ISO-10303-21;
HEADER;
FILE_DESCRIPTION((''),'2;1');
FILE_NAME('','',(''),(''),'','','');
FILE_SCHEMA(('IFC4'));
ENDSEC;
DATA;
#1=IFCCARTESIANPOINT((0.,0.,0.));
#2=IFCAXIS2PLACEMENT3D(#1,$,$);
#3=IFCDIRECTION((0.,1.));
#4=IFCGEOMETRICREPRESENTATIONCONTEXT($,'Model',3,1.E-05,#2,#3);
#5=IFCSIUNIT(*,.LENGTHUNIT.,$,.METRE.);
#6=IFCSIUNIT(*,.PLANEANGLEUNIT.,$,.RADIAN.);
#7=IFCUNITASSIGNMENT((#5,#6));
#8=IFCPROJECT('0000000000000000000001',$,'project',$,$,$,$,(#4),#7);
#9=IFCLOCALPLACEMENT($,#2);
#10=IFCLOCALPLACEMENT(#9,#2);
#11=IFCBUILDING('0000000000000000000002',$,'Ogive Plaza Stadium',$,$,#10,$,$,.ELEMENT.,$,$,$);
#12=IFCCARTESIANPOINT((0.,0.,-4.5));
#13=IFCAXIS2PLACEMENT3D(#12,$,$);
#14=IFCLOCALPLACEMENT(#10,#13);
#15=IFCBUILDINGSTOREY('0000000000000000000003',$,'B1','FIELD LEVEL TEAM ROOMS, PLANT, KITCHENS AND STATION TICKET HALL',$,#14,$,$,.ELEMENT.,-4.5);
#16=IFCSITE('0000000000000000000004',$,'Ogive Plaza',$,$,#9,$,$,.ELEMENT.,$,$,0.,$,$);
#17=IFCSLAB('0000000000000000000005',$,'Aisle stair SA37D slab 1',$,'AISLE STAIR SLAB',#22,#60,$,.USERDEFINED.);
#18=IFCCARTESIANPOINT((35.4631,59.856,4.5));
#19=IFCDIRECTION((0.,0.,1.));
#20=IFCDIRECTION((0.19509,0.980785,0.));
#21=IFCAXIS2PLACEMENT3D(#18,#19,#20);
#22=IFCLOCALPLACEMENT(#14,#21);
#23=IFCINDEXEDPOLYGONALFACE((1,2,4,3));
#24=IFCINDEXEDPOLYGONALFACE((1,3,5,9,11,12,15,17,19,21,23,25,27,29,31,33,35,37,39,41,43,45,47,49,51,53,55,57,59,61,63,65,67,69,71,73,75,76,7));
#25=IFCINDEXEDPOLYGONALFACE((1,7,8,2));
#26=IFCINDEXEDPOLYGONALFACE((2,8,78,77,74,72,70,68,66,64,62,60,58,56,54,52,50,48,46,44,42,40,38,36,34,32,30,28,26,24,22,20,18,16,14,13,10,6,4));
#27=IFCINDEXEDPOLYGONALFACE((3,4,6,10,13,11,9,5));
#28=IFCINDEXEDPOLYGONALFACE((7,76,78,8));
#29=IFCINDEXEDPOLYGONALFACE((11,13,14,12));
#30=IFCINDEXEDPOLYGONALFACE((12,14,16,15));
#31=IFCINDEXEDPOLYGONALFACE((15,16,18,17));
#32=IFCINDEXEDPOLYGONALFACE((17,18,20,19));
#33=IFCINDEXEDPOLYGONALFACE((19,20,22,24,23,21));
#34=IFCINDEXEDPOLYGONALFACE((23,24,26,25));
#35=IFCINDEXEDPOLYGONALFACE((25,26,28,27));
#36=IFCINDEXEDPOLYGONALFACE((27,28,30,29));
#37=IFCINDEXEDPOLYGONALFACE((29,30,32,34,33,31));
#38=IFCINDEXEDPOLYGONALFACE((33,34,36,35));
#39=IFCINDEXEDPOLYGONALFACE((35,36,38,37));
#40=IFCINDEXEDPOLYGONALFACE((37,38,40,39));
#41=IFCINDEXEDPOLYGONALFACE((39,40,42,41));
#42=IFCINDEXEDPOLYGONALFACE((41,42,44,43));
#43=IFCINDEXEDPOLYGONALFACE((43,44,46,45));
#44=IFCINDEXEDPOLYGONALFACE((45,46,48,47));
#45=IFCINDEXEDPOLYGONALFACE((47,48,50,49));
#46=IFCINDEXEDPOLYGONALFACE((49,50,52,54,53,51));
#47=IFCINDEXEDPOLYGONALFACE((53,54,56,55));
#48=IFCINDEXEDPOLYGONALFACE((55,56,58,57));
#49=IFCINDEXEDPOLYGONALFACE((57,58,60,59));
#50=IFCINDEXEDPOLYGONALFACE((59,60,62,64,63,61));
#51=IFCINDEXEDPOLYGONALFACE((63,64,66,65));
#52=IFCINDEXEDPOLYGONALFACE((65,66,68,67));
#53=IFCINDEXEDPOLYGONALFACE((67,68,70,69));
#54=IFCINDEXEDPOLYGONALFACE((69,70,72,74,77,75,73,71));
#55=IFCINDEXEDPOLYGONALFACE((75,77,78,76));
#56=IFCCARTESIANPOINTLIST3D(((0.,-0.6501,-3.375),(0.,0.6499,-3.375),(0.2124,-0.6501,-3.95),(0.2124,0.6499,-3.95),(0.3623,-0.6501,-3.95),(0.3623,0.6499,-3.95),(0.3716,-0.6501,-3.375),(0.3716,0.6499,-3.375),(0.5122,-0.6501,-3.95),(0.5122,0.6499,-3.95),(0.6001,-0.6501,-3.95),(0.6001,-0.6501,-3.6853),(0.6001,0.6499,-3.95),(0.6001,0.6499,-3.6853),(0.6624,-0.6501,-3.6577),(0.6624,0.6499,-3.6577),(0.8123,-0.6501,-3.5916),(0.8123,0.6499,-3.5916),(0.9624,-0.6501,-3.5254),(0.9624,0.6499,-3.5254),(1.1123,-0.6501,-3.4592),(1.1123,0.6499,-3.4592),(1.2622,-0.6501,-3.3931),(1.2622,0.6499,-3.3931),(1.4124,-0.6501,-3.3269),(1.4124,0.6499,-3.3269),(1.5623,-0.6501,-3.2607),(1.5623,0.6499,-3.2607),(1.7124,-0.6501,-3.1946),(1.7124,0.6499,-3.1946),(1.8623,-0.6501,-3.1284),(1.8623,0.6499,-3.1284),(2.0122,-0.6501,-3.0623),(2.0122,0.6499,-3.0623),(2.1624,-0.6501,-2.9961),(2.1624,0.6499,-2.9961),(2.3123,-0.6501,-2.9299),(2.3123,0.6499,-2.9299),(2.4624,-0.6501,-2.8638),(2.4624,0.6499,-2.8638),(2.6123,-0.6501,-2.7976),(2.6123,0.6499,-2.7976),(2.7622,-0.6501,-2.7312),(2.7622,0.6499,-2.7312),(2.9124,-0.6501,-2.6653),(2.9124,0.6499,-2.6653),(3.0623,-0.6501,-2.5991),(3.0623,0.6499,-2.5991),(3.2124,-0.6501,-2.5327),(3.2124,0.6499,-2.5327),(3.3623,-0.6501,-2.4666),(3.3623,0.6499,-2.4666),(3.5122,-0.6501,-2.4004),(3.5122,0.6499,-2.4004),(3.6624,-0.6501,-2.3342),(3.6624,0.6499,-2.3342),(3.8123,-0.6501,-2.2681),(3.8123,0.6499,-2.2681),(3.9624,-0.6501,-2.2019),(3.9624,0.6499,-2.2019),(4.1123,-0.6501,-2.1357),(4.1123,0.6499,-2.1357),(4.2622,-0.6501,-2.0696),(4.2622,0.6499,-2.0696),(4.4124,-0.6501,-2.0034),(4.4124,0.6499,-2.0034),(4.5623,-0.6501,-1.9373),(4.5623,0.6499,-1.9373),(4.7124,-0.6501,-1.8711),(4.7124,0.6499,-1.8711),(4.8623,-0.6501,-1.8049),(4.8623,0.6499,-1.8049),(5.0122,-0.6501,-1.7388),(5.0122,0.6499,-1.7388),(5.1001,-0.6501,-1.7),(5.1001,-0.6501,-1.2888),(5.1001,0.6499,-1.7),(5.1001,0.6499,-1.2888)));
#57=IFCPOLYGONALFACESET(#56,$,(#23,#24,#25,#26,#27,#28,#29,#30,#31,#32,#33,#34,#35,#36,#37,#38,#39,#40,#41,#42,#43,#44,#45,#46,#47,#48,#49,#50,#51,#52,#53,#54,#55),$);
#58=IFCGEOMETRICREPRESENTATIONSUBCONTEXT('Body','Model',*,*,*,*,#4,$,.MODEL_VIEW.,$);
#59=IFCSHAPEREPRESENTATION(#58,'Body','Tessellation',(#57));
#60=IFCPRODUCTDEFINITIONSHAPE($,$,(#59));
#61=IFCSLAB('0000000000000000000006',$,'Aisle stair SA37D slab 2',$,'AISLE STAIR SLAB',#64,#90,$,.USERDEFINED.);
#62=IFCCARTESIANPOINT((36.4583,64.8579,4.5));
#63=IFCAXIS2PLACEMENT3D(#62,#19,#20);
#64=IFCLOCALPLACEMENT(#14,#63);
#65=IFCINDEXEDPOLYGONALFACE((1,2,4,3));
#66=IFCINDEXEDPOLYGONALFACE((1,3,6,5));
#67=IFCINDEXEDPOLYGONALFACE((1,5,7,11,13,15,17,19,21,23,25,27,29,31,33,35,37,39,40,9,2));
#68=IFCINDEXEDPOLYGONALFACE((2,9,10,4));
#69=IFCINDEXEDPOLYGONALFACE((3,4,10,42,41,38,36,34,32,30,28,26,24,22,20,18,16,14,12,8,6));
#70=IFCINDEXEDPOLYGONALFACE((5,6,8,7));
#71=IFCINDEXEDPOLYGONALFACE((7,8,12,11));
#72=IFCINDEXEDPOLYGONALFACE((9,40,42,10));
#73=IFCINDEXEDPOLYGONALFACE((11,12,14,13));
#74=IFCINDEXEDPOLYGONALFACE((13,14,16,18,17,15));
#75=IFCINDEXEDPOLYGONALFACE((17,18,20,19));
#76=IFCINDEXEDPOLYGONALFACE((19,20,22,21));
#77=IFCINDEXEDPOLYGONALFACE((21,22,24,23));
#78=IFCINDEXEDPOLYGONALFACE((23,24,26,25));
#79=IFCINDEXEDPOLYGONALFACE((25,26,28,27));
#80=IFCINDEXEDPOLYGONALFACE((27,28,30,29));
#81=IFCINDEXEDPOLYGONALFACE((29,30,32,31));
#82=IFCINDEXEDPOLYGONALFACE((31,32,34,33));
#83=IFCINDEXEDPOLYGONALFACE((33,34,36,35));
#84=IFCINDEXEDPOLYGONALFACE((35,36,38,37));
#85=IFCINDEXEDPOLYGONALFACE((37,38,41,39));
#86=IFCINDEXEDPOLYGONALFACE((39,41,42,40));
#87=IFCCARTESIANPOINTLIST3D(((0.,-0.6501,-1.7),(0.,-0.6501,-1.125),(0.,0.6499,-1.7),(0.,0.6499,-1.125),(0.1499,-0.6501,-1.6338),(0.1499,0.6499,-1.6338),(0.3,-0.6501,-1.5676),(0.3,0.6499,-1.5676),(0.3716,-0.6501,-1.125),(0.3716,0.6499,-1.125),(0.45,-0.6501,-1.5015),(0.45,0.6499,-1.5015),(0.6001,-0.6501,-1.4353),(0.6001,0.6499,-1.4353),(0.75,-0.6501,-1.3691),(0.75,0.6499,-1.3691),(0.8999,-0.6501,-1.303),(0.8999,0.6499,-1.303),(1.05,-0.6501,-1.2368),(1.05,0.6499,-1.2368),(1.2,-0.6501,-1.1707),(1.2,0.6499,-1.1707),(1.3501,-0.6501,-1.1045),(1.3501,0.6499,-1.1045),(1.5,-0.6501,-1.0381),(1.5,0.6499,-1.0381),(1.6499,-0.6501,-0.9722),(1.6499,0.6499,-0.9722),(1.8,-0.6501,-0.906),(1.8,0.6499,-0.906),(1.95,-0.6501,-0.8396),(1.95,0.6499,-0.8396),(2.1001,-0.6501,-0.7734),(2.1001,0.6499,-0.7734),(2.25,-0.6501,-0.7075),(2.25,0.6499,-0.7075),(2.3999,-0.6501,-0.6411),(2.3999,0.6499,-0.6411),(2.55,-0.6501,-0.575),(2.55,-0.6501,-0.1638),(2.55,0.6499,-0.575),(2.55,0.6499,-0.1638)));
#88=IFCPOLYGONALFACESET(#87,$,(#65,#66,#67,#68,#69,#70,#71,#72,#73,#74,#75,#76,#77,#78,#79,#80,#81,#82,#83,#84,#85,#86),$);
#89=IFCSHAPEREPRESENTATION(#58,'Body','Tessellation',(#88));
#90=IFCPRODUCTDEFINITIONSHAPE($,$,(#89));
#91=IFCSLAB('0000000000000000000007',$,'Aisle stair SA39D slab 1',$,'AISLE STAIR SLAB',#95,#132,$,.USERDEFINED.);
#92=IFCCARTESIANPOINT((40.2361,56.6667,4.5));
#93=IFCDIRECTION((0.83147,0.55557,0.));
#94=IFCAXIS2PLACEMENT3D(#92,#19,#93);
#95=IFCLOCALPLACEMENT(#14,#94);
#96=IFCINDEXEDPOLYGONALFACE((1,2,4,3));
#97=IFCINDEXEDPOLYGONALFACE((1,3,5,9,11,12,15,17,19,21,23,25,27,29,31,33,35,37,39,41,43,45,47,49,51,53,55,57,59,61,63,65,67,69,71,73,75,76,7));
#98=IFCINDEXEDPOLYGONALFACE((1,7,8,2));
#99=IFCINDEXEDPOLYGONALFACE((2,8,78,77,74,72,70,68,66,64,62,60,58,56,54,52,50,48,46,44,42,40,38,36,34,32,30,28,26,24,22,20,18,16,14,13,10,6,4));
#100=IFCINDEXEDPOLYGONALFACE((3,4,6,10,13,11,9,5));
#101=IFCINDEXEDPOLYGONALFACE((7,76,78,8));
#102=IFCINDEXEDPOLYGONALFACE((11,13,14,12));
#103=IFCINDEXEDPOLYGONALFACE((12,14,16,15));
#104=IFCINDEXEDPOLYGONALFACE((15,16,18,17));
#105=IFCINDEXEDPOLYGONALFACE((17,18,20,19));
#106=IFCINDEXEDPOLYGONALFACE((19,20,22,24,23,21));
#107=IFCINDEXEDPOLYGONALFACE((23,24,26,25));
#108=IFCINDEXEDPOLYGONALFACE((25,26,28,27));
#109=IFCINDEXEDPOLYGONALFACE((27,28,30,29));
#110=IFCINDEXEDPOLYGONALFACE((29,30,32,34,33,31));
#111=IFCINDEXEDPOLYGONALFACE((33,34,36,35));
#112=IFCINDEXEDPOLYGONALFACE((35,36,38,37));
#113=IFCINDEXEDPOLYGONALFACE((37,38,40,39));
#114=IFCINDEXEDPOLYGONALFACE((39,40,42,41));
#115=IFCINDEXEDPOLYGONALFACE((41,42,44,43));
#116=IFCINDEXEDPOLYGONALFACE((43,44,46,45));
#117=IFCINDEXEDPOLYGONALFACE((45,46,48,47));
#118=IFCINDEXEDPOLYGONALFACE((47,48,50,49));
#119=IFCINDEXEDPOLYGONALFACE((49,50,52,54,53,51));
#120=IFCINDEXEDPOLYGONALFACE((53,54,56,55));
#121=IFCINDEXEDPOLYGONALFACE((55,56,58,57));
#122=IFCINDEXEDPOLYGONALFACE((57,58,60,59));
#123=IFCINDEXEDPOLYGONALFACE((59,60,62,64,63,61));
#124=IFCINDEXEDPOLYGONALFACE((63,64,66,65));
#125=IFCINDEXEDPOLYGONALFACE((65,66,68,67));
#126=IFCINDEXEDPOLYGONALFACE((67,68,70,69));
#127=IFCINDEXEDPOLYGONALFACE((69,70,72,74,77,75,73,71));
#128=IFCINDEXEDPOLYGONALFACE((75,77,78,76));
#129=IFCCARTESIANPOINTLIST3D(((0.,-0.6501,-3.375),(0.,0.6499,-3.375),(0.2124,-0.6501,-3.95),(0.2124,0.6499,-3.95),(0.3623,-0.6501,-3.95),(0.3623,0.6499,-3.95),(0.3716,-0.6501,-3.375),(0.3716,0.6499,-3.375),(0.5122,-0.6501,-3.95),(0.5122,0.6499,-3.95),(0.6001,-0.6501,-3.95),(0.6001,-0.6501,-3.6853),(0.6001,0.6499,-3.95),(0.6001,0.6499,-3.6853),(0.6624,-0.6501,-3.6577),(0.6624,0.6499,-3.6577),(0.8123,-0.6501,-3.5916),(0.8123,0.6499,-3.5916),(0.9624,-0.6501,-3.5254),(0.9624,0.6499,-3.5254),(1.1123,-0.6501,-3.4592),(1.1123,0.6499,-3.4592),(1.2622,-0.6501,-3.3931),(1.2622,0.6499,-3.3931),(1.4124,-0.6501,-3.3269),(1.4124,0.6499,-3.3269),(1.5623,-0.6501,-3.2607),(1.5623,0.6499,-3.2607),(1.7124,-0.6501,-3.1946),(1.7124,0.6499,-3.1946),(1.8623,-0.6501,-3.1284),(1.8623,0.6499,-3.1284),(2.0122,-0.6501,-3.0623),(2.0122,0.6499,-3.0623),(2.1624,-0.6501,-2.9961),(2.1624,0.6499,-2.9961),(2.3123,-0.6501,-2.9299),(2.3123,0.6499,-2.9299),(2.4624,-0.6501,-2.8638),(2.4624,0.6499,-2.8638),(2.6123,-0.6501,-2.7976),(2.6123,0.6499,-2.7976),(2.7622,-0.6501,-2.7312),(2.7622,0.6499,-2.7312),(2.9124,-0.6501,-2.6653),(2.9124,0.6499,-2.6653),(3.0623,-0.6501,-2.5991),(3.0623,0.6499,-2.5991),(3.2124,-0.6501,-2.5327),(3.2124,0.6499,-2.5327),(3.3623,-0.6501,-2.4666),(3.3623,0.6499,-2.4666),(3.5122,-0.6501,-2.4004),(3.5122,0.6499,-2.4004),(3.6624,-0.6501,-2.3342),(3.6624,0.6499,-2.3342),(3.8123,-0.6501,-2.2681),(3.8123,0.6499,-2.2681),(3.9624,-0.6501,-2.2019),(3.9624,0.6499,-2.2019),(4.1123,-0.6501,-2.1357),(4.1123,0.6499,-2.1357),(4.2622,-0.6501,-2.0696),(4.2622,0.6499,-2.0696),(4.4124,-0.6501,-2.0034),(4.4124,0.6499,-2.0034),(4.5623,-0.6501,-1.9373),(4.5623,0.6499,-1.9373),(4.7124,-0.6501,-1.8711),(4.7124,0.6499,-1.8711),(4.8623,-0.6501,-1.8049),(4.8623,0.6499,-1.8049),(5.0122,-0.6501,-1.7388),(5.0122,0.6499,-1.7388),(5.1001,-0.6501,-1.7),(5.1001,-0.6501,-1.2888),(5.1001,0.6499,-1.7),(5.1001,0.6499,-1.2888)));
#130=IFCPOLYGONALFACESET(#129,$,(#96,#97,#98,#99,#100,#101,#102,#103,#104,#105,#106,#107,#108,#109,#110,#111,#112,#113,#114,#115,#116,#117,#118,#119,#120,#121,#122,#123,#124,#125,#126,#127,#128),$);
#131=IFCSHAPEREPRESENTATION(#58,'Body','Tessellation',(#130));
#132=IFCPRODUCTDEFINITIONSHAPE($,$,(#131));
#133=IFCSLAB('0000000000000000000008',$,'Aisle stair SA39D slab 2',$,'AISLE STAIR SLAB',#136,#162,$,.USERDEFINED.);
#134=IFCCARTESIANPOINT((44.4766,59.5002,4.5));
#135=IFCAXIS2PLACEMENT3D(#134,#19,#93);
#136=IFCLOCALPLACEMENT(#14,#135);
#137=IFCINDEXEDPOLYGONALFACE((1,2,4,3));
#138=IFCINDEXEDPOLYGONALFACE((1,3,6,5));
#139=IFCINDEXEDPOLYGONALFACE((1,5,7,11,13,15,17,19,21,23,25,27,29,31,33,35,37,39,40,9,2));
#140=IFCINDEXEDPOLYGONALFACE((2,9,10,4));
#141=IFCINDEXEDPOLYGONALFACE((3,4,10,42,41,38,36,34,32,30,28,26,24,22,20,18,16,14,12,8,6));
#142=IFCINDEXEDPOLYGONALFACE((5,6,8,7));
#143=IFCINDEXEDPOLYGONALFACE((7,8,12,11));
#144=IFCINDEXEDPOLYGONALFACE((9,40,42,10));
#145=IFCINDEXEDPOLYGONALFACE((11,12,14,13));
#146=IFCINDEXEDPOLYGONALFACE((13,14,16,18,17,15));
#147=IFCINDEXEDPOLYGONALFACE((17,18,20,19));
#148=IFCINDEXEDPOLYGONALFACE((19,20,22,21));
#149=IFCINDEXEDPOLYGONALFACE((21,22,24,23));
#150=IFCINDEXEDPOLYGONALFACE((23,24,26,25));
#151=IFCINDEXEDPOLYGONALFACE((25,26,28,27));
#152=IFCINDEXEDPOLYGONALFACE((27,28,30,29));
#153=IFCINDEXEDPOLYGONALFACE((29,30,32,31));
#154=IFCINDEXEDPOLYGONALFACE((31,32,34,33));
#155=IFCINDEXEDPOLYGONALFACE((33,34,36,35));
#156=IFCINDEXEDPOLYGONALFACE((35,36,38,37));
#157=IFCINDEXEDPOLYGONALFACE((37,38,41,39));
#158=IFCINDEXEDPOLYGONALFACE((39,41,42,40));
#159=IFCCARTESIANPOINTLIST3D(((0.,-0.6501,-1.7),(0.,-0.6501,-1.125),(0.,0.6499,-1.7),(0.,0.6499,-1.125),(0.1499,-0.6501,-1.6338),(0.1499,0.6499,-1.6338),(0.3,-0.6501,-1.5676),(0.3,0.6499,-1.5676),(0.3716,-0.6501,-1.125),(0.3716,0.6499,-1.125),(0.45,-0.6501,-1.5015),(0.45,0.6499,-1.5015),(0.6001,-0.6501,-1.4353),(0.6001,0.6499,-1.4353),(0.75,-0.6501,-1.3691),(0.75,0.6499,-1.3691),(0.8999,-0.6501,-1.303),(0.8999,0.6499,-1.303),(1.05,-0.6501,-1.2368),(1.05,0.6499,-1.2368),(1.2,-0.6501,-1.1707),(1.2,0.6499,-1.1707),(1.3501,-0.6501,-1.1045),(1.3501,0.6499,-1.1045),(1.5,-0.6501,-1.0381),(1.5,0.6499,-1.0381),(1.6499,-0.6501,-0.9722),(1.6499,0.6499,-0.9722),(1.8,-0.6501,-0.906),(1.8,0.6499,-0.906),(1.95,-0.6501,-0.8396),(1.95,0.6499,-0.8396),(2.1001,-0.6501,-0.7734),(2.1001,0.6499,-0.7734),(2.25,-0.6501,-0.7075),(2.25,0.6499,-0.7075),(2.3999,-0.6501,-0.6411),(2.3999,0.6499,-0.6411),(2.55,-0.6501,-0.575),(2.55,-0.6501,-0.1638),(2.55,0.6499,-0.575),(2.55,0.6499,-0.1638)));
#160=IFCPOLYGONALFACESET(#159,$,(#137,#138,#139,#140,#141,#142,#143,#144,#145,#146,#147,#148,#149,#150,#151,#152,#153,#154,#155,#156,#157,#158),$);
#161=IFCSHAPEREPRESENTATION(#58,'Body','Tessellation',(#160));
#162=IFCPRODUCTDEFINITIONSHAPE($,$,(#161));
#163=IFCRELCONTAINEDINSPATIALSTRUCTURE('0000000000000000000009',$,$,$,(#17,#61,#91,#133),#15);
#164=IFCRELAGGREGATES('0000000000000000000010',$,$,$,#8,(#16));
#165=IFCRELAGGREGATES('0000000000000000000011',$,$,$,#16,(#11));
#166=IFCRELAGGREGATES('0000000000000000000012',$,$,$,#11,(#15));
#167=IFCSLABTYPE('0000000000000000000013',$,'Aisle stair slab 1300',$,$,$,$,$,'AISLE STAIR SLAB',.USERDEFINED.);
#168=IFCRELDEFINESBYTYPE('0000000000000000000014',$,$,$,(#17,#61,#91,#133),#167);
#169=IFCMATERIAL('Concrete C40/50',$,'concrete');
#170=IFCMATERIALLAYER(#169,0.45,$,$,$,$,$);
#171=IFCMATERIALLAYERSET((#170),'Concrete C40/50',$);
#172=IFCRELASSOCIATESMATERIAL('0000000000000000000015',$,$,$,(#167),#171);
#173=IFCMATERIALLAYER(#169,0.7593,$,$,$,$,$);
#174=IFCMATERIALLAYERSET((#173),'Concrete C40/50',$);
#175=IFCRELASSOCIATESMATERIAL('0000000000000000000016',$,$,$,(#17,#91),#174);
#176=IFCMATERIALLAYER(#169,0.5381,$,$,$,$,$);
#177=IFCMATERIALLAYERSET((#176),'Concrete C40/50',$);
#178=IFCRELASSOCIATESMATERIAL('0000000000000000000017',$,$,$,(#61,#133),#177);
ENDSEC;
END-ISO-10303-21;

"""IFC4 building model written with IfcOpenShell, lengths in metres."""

from ifc_helpers import new_model, si_unit, direction, frame, origin, place, context, subcontext, project, spatial, polyline, outline, extrude, material, layer, layer_set, type_object, element, save


model = new_model("IFC4")

# Units and contexts
model_context = context("Model", 3, precision=1e-05, world=origin(), true_north=direction((0.0, 1.0)))
body_context = subcontext(model_context, "Body", "Model", "MODEL_VIEW")
ifc_project = project(units=[si_unit("LENGTHUNIT", "METRE"), si_unit("PLANEANGLEUNIT", "RADIAN")], contexts=[model_context])

# Site, building, storey
site_placement = place(None, origin())
site = spatial("IfcSite", under=ifc_project, at=site_placement, Name="Ogive Plaza", CompositionType="ELEMENT", RefElevation=0.0)
building_placement = place(site_placement, origin())
building = spatial("IfcBuilding", under=site, at=building_placement, Name="Ogive Plaza Stadium", CompositionType="ELEMENT")
storey_placement = place(building_placement, frame((0.0, 0.0, -4.5)))
storey = spatial("IfcBuildingStorey", under=building, at=storey_placement, Name="B1", Description="FIELD LEVEL TEAM ROOMS, PLANT, KITCHENS AND STATION TICKET HALL", CompositionType="ELEMENT", Elevation=-4.5)

# Slabs
ifc_material_1 = material(Name="Concrete C40/50", Category="concrete")
ifc_layer_1 = layer(ifc_material_1, 0.7593)
ifc_layer_set_1 = layer_set([ifc_layer_1], Name="Concrete C40/50")
ifc_layer_2 = layer(ifc_material_1, 0.45)
ifc_layer_set_2 = layer_set([ifc_layer_2], Name="Concrete C40/50")
slab_type = type_object("IfcSlabType", Name="Aisle stair slab 1300", ElementType="AISLE STAIR SLAB", PredefinedType="USERDEFINED", material=ifc_layer_set_2)
slab_1_placement = place(storey_placement, frame((35.4631, 59.856, 4.5), z_axis=(0.0, 0.0, 1.0), x_axis=(0.19509, 0.980785, 0.0)))
element("IfcSlab", 1, at=slab_1_placement, inside=storey, type_object=slab_type, material=ifc_layer_set_1, Name="Aisle stair SA37D slab 1", ObjectType="AISLE STAIR SLAB", PredefinedType="USERDEFINED", context=body_context, shape_type="SweptSolid", body=[
    extrude(outline(polyline([(0.0, -3.375), (0.3716, -3.375), (5.1001, -1.2888), (5.1001, -1.7), (5.0122, -1.7388), (4.8623, -1.8049), (4.7124, -1.8711), (4.5623, -1.9373), (4.4124, -2.0034), (4.2622, -2.0696), (4.1123, -2.1357), (3.9624, -2.2019), (3.8123, -2.2681), (3.6624, -2.3342), (3.5122, -2.4004), (3.3623, -2.4666), (3.2124, -2.5327), (3.0623, -2.5991), (2.9124, -2.6653), (2.7622, -2.7312), (2.6123, -2.7976), (2.4624, -2.8638), (2.3123, -2.9299), (2.1624, -2.9961), (2.0122, -3.0623), (1.8623, -3.1284), (1.7124, -3.1946), (1.5623, -3.2607), (1.4124, -3.3269), (1.2622, -3.3931), (1.1123, -3.4592), (0.9624, -3.5254), (0.8123, -3.5916), (0.6624, -3.6577), (0.6001, -3.6853), (0.6001, -3.95), (0.5122, -3.95), (0.3623, -3.95), (0.2124, -3.95), (0.0, -3.375)])), frame((0.0, 0.6499, 0.0), z_axis=(0.0, -1.0, 0.0), x_axis=(1.0, 0.0, 0.0)), (0.0, 0.0, 1.0), 1.3),
])
ifc_layer_3 = layer(ifc_material_1, 0.5381)
ifc_layer_set_3 = layer_set([ifc_layer_3], Name="Concrete C40/50")
slab_2_placement = place(storey_placement, frame((36.4583, 64.8579, 4.5), z_axis=(0.0, 0.0, 1.0), x_axis=(0.19509, 0.980785, 0.0)))
element("IfcSlab", 2, at=slab_2_placement, inside=storey, type_object=slab_type, material=ifc_layer_set_3, Name="Aisle stair SA37D slab 2", ObjectType="AISLE STAIR SLAB", PredefinedType="USERDEFINED", context=body_context, shape_type="SweptSolid", body=[
    extrude(outline(polyline([(0.0, -1.125), (0.3716, -1.125), (2.55, -0.1638), (2.55, -0.575), (2.3999, -0.6411), (2.25, -0.7075), (2.1001, -0.7734), (1.95, -0.8396), (1.8, -0.906), (1.6499, -0.9722), (1.5, -1.0381), (1.3501, -1.1045), (1.2, -1.1707), (1.05, -1.2368), (0.8999, -1.303), (0.75, -1.3691), (0.6001, -1.4353), (0.45, -1.5015), (0.3, -1.5676), (0.1499, -1.6338), (0.0, -1.7), (0.0, -1.125)])), frame((0.0, 0.6499, 0.0), z_axis=(0.0, -1.0, 0.0), x_axis=(1.0, 0.0, 0.0)), (0.0, 0.0, 1.0), 1.3),
])
slab_3_placement = place(storey_placement, frame((40.2361, 56.6667, 4.5), z_axis=(0.0, 0.0, 1.0), x_axis=(0.83147, 0.55557, 0.0)))
element("IfcSlab", 3, at=slab_3_placement, inside=storey, type_object=slab_type, material=ifc_layer_set_1, Name="Aisle stair SA39D slab 1", ObjectType="AISLE STAIR SLAB", PredefinedType="USERDEFINED", context=body_context, shape_type="SweptSolid", body=[
    extrude(outline(polyline([(0.0, -3.375), (0.3716, -3.375), (5.1001, -1.2888), (5.1001, -1.7), (5.0122, -1.7388), (4.8623, -1.8049), (4.7124, -1.8711), (4.5623, -1.9373), (4.4124, -2.0034), (4.2622, -2.0696), (4.1123, -2.1357), (3.9624, -2.2019), (3.8123, -2.2681), (3.6624, -2.3342), (3.5122, -2.4004), (3.3623, -2.4666), (3.2124, -2.5327), (3.0623, -2.5991), (2.9124, -2.6653), (2.7622, -2.7312), (2.6123, -2.7976), (2.4624, -2.8638), (2.3123, -2.9299), (2.1624, -2.9961), (2.0122, -3.0623), (1.8623, -3.1284), (1.7124, -3.1946), (1.5623, -3.2607), (1.4124, -3.3269), (1.2622, -3.3931), (1.1123, -3.4592), (0.9624, -3.5254), (0.8123, -3.5916), (0.6624, -3.6577), (0.6001, -3.6853), (0.6001, -3.95), (0.5122, -3.95), (0.3623, -3.95), (0.2124, -3.95), (0.0, -3.375)])), frame((0.0, 0.6499, 0.0), z_axis=(0.0, -1.0, 0.0), x_axis=(1.0, 0.0, 0.0)), (0.0, 0.0, 1.0), 1.3),
])
slab_4_placement = place(storey_placement, frame((44.4766, 59.5002, 4.5), z_axis=(0.0, 0.0, 1.0), x_axis=(0.83147, 0.55557, 0.0)))
element("IfcSlab", 4, at=slab_4_placement, inside=storey, type_object=slab_type, material=ifc_layer_set_3, Name="Aisle stair SA39D slab 2", ObjectType="AISLE STAIR SLAB", PredefinedType="USERDEFINED", context=body_context, shape_type="SweptSolid", body=[
    extrude(outline(polyline([(0.0, -1.125), (0.3716, -1.125), (2.55, -0.1638), (2.55, -0.575), (2.3999, -0.6411), (2.25, -0.7075), (2.1001, -0.7734), (1.95, -0.8396), (1.8, -0.906), (1.6499, -0.9722), (1.5, -1.0381), (1.3501, -1.1045), (1.2, -1.1707), (1.05, -1.2368), (0.8999, -1.303), (0.75, -1.3691), (0.6001, -1.4353), (0.45, -1.5015), (0.3, -1.5676), (0.1499, -1.6338), (0.0, -1.7), (0.0, -1.125)])), frame((0.0, 0.6499, 0.0), z_axis=(0.0, -1.0, 0.0), x_axis=(1.0, 0.0, 0.0)), (0.0, 0.0, 1.0), 1.3),
])

save(model, "model.ifc")
